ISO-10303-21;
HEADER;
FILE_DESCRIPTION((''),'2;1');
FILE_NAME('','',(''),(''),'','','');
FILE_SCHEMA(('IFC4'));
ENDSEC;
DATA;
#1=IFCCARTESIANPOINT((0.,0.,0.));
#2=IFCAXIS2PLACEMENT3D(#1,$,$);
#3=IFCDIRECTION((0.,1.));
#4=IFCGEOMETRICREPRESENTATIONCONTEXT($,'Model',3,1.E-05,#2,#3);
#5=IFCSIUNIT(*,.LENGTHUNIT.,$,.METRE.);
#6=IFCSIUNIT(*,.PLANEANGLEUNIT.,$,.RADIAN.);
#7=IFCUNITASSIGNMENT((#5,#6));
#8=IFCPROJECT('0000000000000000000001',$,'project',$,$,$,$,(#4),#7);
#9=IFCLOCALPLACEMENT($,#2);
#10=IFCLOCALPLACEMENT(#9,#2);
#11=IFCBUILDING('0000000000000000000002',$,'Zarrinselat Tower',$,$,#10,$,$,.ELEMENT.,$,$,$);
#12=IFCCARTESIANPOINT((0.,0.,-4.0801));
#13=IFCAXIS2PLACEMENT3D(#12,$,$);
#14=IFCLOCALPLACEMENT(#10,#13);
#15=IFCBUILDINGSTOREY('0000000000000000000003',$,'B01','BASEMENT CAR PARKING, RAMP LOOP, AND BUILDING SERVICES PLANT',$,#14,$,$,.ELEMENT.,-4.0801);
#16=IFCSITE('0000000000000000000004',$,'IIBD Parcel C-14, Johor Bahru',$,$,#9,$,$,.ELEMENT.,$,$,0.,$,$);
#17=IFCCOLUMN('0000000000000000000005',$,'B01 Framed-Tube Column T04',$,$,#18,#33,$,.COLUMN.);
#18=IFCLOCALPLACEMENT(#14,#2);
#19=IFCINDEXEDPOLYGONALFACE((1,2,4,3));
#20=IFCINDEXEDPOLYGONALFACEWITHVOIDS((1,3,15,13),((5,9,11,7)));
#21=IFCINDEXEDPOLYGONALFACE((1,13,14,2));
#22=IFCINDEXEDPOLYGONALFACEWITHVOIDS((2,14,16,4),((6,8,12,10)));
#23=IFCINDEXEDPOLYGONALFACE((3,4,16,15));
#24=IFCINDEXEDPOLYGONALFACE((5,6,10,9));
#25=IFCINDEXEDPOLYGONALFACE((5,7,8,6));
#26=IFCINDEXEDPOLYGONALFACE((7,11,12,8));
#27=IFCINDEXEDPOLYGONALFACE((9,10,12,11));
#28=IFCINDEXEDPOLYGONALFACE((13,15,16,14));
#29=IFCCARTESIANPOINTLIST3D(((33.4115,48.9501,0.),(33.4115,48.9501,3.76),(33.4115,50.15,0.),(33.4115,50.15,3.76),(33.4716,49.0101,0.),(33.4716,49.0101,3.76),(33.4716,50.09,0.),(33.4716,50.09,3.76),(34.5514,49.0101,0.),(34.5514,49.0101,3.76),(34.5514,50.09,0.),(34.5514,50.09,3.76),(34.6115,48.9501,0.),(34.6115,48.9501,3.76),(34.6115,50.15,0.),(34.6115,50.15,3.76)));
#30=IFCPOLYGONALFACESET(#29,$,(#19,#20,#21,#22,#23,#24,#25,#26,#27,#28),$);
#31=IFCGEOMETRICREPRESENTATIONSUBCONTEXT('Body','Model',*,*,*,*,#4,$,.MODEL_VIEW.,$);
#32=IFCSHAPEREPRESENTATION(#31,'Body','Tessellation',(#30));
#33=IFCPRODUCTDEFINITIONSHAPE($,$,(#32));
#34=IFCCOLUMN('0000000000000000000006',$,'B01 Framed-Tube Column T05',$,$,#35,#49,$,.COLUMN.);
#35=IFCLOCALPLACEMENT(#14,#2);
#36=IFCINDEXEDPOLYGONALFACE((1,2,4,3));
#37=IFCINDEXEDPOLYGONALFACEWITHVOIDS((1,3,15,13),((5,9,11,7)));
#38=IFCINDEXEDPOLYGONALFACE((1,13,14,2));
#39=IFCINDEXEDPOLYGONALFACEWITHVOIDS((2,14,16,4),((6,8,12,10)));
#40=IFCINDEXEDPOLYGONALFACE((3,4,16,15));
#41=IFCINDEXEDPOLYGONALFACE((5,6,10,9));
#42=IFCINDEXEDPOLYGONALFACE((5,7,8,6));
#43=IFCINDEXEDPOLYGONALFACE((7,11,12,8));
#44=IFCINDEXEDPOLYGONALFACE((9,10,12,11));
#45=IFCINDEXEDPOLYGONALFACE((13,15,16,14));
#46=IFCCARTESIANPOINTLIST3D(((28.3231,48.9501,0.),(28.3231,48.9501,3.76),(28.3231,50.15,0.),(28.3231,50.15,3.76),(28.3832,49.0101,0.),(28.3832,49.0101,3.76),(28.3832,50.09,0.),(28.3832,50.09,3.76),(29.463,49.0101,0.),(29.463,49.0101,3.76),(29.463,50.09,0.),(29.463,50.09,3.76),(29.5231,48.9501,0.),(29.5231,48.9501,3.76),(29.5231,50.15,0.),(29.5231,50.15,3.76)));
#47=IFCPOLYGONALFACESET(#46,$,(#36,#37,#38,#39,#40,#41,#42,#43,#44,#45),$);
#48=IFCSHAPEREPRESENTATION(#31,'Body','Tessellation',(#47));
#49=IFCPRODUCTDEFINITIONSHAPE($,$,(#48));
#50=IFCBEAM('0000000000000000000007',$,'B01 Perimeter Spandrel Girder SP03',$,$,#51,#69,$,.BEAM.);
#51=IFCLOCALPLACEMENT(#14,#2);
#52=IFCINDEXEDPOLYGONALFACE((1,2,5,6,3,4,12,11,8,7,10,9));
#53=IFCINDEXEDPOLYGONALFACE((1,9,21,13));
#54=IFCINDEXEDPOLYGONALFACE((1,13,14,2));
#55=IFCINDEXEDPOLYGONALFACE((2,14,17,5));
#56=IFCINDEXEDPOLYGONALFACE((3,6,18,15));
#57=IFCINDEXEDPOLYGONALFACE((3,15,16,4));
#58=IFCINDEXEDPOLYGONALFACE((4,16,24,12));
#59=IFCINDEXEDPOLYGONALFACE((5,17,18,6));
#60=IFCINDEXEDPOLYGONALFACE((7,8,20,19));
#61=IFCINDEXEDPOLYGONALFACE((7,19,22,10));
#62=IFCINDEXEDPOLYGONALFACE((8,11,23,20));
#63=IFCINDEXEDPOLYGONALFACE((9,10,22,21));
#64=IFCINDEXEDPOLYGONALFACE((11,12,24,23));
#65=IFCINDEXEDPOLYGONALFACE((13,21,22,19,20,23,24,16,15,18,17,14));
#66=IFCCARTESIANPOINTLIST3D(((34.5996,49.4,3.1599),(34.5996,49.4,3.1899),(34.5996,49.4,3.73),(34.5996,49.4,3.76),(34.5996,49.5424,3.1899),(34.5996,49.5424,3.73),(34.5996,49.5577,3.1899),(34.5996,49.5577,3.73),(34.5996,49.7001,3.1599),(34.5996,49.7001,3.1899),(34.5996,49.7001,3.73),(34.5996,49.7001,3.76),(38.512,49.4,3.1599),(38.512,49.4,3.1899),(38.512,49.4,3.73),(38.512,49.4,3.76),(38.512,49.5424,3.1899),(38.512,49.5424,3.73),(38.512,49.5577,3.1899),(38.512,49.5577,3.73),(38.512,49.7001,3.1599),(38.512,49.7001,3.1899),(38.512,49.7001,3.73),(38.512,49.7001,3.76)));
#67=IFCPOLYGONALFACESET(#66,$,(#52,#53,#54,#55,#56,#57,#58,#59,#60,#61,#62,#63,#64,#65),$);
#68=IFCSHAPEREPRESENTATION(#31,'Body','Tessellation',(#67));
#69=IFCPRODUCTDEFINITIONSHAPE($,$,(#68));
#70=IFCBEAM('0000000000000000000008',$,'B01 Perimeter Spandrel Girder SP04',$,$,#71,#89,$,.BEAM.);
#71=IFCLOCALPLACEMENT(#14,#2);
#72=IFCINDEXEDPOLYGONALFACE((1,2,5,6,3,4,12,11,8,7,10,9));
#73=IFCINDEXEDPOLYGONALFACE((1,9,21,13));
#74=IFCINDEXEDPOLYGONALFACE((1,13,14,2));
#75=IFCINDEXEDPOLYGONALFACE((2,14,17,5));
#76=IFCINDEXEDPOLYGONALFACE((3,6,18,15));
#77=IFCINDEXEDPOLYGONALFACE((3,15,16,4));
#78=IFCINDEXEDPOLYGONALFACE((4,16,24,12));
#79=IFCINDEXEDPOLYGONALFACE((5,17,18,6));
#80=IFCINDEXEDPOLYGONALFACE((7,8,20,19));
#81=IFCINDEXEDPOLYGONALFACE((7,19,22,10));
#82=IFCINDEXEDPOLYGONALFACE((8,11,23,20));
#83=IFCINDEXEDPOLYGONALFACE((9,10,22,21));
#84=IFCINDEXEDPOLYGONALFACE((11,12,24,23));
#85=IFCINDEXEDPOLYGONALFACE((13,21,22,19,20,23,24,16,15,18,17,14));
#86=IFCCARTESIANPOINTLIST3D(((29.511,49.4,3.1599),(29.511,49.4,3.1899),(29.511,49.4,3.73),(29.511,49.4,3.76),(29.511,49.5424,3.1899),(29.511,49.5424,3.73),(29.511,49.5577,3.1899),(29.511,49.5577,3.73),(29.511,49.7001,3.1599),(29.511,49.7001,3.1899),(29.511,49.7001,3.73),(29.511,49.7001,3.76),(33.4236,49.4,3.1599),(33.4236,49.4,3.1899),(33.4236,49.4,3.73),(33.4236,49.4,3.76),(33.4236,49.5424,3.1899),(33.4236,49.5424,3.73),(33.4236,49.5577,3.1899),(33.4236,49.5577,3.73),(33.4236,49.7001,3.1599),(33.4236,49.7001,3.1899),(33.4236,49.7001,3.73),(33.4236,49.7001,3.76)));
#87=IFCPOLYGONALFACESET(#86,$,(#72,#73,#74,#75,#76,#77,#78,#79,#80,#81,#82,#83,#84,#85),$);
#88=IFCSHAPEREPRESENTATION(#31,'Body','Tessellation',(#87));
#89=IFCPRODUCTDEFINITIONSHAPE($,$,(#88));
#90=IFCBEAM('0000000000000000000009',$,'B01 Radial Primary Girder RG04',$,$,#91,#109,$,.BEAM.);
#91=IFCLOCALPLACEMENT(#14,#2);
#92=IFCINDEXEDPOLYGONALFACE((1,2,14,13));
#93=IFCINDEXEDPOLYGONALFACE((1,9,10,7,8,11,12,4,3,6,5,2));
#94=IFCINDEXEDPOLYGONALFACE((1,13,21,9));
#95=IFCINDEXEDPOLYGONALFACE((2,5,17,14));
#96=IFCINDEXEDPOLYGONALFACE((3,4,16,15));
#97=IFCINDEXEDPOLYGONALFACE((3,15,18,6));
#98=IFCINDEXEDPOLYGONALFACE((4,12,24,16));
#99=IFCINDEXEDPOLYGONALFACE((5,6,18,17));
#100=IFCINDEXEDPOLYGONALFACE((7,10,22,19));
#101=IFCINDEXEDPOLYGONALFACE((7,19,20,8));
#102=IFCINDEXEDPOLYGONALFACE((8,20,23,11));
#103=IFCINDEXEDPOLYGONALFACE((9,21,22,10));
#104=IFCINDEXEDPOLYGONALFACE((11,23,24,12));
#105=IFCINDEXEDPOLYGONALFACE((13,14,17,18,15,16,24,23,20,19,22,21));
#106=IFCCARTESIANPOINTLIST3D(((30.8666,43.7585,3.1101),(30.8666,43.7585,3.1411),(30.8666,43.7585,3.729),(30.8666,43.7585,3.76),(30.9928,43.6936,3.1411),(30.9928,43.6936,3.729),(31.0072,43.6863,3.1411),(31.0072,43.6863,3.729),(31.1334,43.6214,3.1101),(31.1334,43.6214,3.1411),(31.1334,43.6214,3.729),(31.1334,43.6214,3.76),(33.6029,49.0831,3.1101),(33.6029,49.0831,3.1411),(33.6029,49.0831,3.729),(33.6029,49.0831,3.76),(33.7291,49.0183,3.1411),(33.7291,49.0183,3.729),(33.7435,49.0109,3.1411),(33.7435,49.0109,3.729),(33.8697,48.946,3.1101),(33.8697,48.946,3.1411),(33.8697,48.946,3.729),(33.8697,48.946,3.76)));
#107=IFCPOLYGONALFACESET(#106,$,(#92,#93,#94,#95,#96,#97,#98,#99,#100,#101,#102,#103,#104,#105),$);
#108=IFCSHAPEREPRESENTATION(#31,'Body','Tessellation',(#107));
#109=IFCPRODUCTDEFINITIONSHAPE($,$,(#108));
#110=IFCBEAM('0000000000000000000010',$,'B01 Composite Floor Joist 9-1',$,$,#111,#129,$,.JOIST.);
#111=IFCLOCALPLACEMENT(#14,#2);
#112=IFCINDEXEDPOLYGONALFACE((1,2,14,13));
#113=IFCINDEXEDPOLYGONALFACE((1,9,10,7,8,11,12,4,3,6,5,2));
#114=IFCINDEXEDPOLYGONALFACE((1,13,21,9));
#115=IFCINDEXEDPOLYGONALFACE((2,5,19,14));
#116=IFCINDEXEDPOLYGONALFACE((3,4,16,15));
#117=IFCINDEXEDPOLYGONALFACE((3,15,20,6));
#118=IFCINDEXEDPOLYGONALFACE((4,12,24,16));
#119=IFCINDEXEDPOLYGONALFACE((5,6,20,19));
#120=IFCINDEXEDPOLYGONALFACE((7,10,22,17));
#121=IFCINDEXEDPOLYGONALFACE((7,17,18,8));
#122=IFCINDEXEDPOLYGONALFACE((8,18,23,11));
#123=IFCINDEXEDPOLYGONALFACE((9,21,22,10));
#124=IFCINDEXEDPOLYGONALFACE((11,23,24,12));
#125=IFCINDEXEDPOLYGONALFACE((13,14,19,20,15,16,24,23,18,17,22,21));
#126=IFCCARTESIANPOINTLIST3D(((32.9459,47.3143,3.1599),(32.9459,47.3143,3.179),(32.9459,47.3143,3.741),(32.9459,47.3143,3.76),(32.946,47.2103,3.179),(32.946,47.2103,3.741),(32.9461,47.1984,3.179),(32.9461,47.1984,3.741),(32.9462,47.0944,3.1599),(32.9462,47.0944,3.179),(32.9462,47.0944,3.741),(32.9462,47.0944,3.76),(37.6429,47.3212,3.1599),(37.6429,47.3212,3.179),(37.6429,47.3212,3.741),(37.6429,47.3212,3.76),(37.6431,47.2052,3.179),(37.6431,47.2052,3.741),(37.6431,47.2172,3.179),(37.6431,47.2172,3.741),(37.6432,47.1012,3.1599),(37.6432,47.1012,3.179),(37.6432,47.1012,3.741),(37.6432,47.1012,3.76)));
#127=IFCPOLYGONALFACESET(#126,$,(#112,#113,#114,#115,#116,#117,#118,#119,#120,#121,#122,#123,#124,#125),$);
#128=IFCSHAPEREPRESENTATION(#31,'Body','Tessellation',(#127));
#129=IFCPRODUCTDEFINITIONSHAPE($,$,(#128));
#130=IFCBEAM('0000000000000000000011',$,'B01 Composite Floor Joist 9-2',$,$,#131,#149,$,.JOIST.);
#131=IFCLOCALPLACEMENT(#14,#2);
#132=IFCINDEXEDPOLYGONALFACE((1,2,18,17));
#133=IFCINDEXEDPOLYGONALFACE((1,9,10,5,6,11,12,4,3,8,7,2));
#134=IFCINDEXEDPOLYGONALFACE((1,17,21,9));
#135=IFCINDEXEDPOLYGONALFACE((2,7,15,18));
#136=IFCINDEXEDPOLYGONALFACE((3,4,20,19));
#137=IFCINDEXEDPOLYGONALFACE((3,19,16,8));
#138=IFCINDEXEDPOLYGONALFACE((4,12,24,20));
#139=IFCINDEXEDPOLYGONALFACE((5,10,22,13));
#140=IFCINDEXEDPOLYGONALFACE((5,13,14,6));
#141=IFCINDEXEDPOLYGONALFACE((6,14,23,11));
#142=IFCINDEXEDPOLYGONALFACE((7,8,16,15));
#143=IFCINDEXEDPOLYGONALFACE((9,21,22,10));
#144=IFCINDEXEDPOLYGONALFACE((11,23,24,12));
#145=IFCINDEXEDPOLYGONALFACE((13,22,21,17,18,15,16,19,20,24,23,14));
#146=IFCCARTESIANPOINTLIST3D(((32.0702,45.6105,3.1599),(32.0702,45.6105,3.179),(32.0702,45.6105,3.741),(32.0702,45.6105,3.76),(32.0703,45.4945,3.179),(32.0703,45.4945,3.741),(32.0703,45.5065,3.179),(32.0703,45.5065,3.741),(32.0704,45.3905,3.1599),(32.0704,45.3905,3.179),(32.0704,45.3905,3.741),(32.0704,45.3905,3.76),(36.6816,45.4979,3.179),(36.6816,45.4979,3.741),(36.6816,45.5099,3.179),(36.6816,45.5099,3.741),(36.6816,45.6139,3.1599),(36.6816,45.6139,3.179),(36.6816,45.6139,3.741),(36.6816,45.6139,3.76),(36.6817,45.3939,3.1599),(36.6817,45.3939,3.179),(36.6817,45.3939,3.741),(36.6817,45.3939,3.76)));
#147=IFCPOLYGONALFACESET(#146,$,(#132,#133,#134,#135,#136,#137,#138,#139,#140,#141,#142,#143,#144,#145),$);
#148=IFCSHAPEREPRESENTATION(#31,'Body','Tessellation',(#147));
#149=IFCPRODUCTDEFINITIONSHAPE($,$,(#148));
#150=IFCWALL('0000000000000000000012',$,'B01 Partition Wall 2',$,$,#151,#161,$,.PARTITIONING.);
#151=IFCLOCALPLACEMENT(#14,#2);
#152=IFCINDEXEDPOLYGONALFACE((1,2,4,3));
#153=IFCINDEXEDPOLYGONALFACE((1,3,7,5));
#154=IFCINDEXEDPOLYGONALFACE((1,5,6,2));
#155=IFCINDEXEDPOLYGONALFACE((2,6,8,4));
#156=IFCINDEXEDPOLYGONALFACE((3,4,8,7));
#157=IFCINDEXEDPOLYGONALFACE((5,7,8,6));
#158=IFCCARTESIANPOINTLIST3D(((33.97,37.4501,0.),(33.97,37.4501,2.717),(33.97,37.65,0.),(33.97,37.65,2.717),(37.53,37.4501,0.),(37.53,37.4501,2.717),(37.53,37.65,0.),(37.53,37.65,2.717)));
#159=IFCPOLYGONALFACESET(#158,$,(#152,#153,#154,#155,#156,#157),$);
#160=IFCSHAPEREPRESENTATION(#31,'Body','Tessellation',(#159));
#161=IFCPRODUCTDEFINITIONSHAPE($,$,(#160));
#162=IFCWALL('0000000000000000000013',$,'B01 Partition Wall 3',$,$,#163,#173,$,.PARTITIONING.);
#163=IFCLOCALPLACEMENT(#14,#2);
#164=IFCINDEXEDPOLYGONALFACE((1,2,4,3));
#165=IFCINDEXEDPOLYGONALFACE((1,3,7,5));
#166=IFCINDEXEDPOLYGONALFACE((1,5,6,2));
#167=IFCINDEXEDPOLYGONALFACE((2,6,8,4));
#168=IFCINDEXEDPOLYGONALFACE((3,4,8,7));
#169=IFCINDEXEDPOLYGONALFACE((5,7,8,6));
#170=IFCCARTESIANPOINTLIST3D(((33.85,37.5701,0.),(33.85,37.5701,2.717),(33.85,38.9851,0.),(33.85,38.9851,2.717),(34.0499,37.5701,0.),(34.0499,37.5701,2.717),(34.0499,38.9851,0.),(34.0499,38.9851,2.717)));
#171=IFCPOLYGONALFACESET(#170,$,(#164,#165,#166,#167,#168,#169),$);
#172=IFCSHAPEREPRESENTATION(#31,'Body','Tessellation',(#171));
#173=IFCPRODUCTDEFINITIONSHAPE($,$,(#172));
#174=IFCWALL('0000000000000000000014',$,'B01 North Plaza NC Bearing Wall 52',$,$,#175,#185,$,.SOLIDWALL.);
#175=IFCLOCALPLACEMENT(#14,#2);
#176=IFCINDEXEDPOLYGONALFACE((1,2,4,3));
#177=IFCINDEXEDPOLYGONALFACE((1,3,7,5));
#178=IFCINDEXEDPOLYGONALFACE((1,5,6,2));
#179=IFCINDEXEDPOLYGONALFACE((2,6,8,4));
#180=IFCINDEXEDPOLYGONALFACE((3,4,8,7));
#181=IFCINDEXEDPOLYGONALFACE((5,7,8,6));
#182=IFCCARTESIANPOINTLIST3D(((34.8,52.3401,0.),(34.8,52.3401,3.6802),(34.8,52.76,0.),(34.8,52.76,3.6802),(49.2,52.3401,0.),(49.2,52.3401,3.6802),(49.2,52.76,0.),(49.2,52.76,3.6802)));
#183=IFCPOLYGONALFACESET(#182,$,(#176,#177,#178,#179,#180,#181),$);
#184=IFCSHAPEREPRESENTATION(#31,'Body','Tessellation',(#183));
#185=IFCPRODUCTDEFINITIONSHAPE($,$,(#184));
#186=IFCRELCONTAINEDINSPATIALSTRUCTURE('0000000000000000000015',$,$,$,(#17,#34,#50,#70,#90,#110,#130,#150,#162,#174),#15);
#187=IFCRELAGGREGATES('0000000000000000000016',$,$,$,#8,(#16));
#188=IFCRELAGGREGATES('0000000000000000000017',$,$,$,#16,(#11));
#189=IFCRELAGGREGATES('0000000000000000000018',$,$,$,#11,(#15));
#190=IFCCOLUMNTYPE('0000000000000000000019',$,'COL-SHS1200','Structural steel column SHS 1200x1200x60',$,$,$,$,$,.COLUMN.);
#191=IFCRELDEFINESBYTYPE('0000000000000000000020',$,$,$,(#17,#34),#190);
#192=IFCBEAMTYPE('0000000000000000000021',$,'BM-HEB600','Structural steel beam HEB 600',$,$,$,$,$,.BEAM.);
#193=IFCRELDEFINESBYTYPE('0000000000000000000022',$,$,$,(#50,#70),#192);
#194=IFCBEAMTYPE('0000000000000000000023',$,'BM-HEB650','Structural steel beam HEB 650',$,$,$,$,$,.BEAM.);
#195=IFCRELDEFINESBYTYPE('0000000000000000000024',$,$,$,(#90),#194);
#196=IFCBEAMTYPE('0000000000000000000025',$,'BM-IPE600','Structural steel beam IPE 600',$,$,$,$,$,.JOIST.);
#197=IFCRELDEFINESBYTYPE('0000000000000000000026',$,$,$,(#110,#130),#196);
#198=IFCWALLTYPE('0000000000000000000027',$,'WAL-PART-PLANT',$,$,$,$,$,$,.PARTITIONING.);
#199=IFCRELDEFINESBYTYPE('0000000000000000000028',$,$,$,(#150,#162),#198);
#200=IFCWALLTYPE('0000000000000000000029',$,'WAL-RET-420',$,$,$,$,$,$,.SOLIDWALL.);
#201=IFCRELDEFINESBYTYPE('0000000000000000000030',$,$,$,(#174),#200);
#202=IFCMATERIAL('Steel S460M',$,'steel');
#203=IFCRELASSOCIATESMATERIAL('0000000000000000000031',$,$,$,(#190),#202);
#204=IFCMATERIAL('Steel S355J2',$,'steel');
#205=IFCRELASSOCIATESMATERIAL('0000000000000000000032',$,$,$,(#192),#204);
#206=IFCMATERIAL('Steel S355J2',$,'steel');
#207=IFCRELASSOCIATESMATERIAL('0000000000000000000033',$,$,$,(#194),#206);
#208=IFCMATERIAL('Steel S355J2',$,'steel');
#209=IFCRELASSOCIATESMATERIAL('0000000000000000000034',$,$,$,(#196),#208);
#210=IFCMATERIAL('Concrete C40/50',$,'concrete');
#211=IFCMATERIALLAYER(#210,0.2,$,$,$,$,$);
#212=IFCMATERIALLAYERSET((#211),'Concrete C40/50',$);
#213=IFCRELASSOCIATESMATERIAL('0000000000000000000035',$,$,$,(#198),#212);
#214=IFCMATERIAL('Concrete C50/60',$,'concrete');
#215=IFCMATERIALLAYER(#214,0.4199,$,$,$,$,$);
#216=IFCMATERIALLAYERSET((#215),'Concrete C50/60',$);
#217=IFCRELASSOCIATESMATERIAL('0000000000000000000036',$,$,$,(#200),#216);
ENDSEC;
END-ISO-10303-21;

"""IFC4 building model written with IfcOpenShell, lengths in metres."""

from ifc_helpers import new_model, si_unit, direction, frame, frame_2d, origin, origin_2d, place, context, subcontext, project, spatial, rectangle, hollow_rectangle, i_section, extrude, material, layer, layer_set, material_profile, profile_set, type_object, element, save


model = new_model("IFC4")

# Units and contexts
model_context = context("Model", 3, precision=1e-05, world=origin(), true_north=direction((0.0, 1.0)))
body_context = subcontext(model_context, "Body", "Model", "MODEL_VIEW")
ifc_project = project(units=[si_unit("LENGTHUNIT", "METRE"), si_unit("PLANEANGLEUNIT", "RADIAN")], contexts=[model_context])

# Site, building, storey
site_placement = place(None, origin())
site = spatial("IfcSite", under=ifc_project, at=site_placement, Name="IIBD Parcel C-14, Johor Bahru", CompositionType="ELEMENT", RefElevation=0.0)
building_placement = place(site_placement, origin())
building = spatial("IfcBuilding", under=site, at=building_placement, Name="Zarrinselat Tower", CompositionType="ELEMENT")
storey_placement = place(building_placement, frame((0.0, 0.0, -4.0801)))
storey = spatial("IfcBuildingStorey", under=building, at=storey_placement, Name="B01", Description="BASEMENT CAR PARKING, RAMP LOOP, AND BUILDING SERVICES PLANT", CompositionType="ELEMENT", Elevation=-4.0801)

# Columns
ifc_material_1 = material(Name="Steel S460M", Category="steel")
ifc_material_profile_1 = material_profile(ifc_material_1, hollow_rectangle(XDim=1.2, YDim=1.2, WallThickness=0.0601, at=origin_2d()), Name="SHS 1200x1200x60")
ifc_profile_set_1 = profile_set([ifc_material_profile_1], Name="Steel S460M")
column_type = type_object("IfcColumnType", Name="COL-SHS1200", Description="Structural steel column SHS 1200x1200x60", PredefinedType="COLUMN", material=ifc_profile_set_1)
for number, where, z_axis, x_axis, name in (
    (1, (34.0115, 49.55, 0.0), (0.0, 0.0, 1.0), (1.0, 0.0, 0.0), "B01 Framed-Tube Column T04"),
    (2, (28.9231, 49.55, 0.0), (0.0, 0.0, 1.0), (1.0, 0.0, 0.0), "B01 Framed-Tube Column T05"),
):
    element("IfcColumn", number, at=place(storey_placement, frame(where, z_axis=z_axis, x_axis=x_axis)), inside=storey, type_object=column_type, Name=name, PredefinedType="COLUMN", context=body_context, shape_type="SweptSolid", body=[
        extrude(hollow_rectangle(XDim=1.2, YDim=1.2, WallThickness=0.0601, at=origin_2d()), origin(), (0.0, 0.0, 1.0), 3.76),
    ])

# Beams
ifc_material_2 = material(Name="Steel S355J2", Category="steel")
ifc_material_profile_2 = material_profile(ifc_material_2, i_section(OverallWidth=0.3, OverallDepth=0.6001, WebThickness=0.0154, FlangeThickness=0.03, at=origin_2d()), Name="HEB 600")
ifc_profile_set_2 = profile_set([ifc_material_profile_2], Name="Steel S355J2")
beam_type_1 = type_object("IfcBeamType", Name="BM-HEB600", Description="Structural steel beam HEB 600", PredefinedType="BEAM", material=ifc_profile_set_2)
beam_1_placement = place(storey_placement, frame((34.5996, 49.55, 3.46), z_axis=(1.0, 0.0, 0.0), x_axis=(0.0, 1.0, 0.0)))
element("IfcBeam", 3, at=beam_1_placement, inside=storey, type_object=beam_type_1, Name="B01 Perimeter Spandrel Girder SP03", PredefinedType="BEAM", context=body_context, shape_type="SweptSolid", body=[
    extrude(i_section(OverallWidth=0.3, OverallDepth=0.6001, WebThickness=0.0154, FlangeThickness=0.03, at=origin_2d()), origin(), (0.0, 0.0, 1.0), 3.9124),
])
beam_2_placement = place(storey_placement, frame((29.511, 49.55, 3.46), z_axis=(1.0, 0.0, 0.0), x_axis=(0.0, 1.0, 0.0)))
element("IfcBeam", 4, at=beam_2_placement, inside=storey, type_object=beam_type_1, Name="B01 Perimeter Spandrel Girder SP04", PredefinedType="BEAM", context=body_context, shape_type="SweptSolid", body=[
    extrude(i_section(OverallWidth=0.3, OverallDepth=0.6001, WebThickness=0.0154, FlangeThickness=0.03, at=origin_2d()), origin(), (0.0, 0.0, 1.0), 3.9126),
])
ifc_material_3 = material(Name="Steel S355J2", Category="steel")
ifc_material_profile_3 = material_profile(ifc_material_3, i_section(OverallWidth=0.3, OverallDepth=0.6499, WebThickness=0.0161, FlangeThickness=0.031, at=origin_2d()), Name="HEB 650")
ifc_profile_set_3 = profile_set([ifc_material_profile_3], Name="Steel S355J2")
beam_type_2 = type_object("IfcBeamType", Name="BM-HEB650", Description="Structural steel beam HEB 650", PredefinedType="BEAM", material=ifc_profile_set_3)
beam_3_placement = place(storey_placement, frame((31.0, 43.6899, 3.4351), z_axis=(0.457072, 0.88943, 0.0), x_axis=(-0.88943, 0.457072, 0.0)))
element("IfcBeam", 5, at=beam_3_placement, inside=storey, type_object=beam_type_2, Name="B01 Radial Primary Girder RG04", PredefinedType="BEAM", context=body_context, shape_type="SweptSolid", body=[
    extrude(i_section(OverallWidth=0.3, OverallDepth=0.6499, WebThickness=0.0161, FlangeThickness=0.031, at=origin_2d()), origin(), (0.0, 0.0, 1.0), 5.9866),
])
ifc_material_4 = material(Name="Steel S355J2", Category="steel")
ifc_material_profile_4 = material_profile(ifc_material_4, i_section(OverallWidth=0.22, OverallDepth=0.6001, WebThickness=0.012, FlangeThickness=0.019, at=origin_2d()), Name="IPE 600")
ifc_profile_set_4 = profile_set([ifc_material_profile_4], Name="Steel S355J2")
beam_type_3 = type_object("IfcBeamType", Name="BM-IPE600", Description="Structural steel beam IPE 600", PredefinedType="JOIST", material=ifc_profile_set_4)
beam_4_placement = place(storey_placement, frame((32.946, 47.2043, 3.46), z_axis=(0.999999, 0.001455, 0.0), x_axis=(-0.001455, 0.999999, 0.0)))
element("IfcBeam", 6, at=beam_4_placement, inside=storey, type_object=beam_type_3, Name="B01 Composite Floor Joist 9-1", PredefinedType="JOIST", context=body_context, shape_type="SweptSolid", body=[
    extrude(i_section(OverallWidth=0.22, OverallDepth=0.6001, WebThickness=0.012, FlangeThickness=0.019, at=origin_2d()), origin(), (0.0, 0.0, 1.0), 4.697),
])
beam_5_placement = place(storey_placement, frame((32.0703, 45.5005, 3.46), z_axis=(1.0, 0.000741, 0.0), x_axis=(-0.000741, 1.0, 0.0)))
element("IfcBeam", 7, at=beam_5_placement, inside=storey, type_object=beam_type_3, Name="B01 Composite Floor Joist 9-2", PredefinedType="JOIST", context=body_context, shape_type="SweptSolid", body=[
    extrude(i_section(OverallWidth=0.22, OverallDepth=0.6001, WebThickness=0.012, FlangeThickness=0.019, at=origin_2d()), origin(), (0.0, 0.0, 1.0), 4.6113),
])

# Walls
ifc_material_5 = material(Name="Concrete C40/50", Category="concrete")
ifc_layer_1 = layer(ifc_material_5, 0.2)
ifc_layer_set_1 = layer_set([ifc_layer_1], Name="Concrete C40/50")
wall_type_1 = type_object("IfcWallType", Name="WAL-PART-PLANT", PredefinedType="PARTITIONING", material=ifc_layer_set_1)
wall_1_placement = place(storey_placement, frame((33.97, 37.55, 0.0), z_axis=(0.0, 0.0, 1.0), x_axis=(1.0, 0.0, 0.0)))
element("IfcWall", 8, at=wall_1_placement, inside=storey, type_object=wall_type_1, Name="B01 Partition Wall 2", PredefinedType="PARTITIONING", context=body_context, shape_type="SweptSolid", body=[
    extrude(rectangle(XDim=3.5601, YDim=0.2, at=frame_2d((1.78, 0.0))), origin(), (0.0, 0.0, 1.0), 2.717),
])
wall_2_placement = place(storey_placement, frame((33.95, 37.5701, 0.0), z_axis=(0.0, 0.0, 1.0), x_axis=(0.0, 1.0, 0.0)))
element("IfcWall", 9, at=wall_2_placement, inside=storey, type_object=wall_type_1, Name="B01 Partition Wall 3", PredefinedType="PARTITIONING", context=body_context, shape_type="SweptSolid", body=[
    extrude(rectangle(XDim=1.415, YDim=0.2, at=frame_2d((0.7075, 0.0))), origin(), (0.0, 0.0, 1.0), 2.717),
])
ifc_material_6 = material(Name="Concrete C50/60", Category="concrete")
ifc_layer_2 = layer(ifc_material_6, 0.4199)
ifc_layer_set_2 = layer_set([ifc_layer_2], Name="Concrete C50/60")
wall_type_2 = type_object("IfcWallType", Name="WAL-RET-420", PredefinedType="SOLIDWALL", material=ifc_layer_set_2)
for number, where, z_axis, x_axis, name in (
    (10, (34.8, 52.55, 0.0), (0.0, 0.0, 1.0), (1.0, 0.0, 0.0), "B01 North Plaza NC Bearing Wall 52"),
):
    element("IfcWall", number, at=place(storey_placement, frame(where, z_axis=z_axis, x_axis=x_axis)), inside=storey, type_object=wall_type_2, Name=name, PredefinedType="SOLIDWALL", context=body_context, shape_type="SweptSolid", body=[
        extrude(rectangle(XDim=14.3999, YDim=0.4199, at=frame_2d((7.2, 0.0))), origin(), (0.0, 0.0, 1.0), 3.6802),
    ])

save(model, "model.ifc")
